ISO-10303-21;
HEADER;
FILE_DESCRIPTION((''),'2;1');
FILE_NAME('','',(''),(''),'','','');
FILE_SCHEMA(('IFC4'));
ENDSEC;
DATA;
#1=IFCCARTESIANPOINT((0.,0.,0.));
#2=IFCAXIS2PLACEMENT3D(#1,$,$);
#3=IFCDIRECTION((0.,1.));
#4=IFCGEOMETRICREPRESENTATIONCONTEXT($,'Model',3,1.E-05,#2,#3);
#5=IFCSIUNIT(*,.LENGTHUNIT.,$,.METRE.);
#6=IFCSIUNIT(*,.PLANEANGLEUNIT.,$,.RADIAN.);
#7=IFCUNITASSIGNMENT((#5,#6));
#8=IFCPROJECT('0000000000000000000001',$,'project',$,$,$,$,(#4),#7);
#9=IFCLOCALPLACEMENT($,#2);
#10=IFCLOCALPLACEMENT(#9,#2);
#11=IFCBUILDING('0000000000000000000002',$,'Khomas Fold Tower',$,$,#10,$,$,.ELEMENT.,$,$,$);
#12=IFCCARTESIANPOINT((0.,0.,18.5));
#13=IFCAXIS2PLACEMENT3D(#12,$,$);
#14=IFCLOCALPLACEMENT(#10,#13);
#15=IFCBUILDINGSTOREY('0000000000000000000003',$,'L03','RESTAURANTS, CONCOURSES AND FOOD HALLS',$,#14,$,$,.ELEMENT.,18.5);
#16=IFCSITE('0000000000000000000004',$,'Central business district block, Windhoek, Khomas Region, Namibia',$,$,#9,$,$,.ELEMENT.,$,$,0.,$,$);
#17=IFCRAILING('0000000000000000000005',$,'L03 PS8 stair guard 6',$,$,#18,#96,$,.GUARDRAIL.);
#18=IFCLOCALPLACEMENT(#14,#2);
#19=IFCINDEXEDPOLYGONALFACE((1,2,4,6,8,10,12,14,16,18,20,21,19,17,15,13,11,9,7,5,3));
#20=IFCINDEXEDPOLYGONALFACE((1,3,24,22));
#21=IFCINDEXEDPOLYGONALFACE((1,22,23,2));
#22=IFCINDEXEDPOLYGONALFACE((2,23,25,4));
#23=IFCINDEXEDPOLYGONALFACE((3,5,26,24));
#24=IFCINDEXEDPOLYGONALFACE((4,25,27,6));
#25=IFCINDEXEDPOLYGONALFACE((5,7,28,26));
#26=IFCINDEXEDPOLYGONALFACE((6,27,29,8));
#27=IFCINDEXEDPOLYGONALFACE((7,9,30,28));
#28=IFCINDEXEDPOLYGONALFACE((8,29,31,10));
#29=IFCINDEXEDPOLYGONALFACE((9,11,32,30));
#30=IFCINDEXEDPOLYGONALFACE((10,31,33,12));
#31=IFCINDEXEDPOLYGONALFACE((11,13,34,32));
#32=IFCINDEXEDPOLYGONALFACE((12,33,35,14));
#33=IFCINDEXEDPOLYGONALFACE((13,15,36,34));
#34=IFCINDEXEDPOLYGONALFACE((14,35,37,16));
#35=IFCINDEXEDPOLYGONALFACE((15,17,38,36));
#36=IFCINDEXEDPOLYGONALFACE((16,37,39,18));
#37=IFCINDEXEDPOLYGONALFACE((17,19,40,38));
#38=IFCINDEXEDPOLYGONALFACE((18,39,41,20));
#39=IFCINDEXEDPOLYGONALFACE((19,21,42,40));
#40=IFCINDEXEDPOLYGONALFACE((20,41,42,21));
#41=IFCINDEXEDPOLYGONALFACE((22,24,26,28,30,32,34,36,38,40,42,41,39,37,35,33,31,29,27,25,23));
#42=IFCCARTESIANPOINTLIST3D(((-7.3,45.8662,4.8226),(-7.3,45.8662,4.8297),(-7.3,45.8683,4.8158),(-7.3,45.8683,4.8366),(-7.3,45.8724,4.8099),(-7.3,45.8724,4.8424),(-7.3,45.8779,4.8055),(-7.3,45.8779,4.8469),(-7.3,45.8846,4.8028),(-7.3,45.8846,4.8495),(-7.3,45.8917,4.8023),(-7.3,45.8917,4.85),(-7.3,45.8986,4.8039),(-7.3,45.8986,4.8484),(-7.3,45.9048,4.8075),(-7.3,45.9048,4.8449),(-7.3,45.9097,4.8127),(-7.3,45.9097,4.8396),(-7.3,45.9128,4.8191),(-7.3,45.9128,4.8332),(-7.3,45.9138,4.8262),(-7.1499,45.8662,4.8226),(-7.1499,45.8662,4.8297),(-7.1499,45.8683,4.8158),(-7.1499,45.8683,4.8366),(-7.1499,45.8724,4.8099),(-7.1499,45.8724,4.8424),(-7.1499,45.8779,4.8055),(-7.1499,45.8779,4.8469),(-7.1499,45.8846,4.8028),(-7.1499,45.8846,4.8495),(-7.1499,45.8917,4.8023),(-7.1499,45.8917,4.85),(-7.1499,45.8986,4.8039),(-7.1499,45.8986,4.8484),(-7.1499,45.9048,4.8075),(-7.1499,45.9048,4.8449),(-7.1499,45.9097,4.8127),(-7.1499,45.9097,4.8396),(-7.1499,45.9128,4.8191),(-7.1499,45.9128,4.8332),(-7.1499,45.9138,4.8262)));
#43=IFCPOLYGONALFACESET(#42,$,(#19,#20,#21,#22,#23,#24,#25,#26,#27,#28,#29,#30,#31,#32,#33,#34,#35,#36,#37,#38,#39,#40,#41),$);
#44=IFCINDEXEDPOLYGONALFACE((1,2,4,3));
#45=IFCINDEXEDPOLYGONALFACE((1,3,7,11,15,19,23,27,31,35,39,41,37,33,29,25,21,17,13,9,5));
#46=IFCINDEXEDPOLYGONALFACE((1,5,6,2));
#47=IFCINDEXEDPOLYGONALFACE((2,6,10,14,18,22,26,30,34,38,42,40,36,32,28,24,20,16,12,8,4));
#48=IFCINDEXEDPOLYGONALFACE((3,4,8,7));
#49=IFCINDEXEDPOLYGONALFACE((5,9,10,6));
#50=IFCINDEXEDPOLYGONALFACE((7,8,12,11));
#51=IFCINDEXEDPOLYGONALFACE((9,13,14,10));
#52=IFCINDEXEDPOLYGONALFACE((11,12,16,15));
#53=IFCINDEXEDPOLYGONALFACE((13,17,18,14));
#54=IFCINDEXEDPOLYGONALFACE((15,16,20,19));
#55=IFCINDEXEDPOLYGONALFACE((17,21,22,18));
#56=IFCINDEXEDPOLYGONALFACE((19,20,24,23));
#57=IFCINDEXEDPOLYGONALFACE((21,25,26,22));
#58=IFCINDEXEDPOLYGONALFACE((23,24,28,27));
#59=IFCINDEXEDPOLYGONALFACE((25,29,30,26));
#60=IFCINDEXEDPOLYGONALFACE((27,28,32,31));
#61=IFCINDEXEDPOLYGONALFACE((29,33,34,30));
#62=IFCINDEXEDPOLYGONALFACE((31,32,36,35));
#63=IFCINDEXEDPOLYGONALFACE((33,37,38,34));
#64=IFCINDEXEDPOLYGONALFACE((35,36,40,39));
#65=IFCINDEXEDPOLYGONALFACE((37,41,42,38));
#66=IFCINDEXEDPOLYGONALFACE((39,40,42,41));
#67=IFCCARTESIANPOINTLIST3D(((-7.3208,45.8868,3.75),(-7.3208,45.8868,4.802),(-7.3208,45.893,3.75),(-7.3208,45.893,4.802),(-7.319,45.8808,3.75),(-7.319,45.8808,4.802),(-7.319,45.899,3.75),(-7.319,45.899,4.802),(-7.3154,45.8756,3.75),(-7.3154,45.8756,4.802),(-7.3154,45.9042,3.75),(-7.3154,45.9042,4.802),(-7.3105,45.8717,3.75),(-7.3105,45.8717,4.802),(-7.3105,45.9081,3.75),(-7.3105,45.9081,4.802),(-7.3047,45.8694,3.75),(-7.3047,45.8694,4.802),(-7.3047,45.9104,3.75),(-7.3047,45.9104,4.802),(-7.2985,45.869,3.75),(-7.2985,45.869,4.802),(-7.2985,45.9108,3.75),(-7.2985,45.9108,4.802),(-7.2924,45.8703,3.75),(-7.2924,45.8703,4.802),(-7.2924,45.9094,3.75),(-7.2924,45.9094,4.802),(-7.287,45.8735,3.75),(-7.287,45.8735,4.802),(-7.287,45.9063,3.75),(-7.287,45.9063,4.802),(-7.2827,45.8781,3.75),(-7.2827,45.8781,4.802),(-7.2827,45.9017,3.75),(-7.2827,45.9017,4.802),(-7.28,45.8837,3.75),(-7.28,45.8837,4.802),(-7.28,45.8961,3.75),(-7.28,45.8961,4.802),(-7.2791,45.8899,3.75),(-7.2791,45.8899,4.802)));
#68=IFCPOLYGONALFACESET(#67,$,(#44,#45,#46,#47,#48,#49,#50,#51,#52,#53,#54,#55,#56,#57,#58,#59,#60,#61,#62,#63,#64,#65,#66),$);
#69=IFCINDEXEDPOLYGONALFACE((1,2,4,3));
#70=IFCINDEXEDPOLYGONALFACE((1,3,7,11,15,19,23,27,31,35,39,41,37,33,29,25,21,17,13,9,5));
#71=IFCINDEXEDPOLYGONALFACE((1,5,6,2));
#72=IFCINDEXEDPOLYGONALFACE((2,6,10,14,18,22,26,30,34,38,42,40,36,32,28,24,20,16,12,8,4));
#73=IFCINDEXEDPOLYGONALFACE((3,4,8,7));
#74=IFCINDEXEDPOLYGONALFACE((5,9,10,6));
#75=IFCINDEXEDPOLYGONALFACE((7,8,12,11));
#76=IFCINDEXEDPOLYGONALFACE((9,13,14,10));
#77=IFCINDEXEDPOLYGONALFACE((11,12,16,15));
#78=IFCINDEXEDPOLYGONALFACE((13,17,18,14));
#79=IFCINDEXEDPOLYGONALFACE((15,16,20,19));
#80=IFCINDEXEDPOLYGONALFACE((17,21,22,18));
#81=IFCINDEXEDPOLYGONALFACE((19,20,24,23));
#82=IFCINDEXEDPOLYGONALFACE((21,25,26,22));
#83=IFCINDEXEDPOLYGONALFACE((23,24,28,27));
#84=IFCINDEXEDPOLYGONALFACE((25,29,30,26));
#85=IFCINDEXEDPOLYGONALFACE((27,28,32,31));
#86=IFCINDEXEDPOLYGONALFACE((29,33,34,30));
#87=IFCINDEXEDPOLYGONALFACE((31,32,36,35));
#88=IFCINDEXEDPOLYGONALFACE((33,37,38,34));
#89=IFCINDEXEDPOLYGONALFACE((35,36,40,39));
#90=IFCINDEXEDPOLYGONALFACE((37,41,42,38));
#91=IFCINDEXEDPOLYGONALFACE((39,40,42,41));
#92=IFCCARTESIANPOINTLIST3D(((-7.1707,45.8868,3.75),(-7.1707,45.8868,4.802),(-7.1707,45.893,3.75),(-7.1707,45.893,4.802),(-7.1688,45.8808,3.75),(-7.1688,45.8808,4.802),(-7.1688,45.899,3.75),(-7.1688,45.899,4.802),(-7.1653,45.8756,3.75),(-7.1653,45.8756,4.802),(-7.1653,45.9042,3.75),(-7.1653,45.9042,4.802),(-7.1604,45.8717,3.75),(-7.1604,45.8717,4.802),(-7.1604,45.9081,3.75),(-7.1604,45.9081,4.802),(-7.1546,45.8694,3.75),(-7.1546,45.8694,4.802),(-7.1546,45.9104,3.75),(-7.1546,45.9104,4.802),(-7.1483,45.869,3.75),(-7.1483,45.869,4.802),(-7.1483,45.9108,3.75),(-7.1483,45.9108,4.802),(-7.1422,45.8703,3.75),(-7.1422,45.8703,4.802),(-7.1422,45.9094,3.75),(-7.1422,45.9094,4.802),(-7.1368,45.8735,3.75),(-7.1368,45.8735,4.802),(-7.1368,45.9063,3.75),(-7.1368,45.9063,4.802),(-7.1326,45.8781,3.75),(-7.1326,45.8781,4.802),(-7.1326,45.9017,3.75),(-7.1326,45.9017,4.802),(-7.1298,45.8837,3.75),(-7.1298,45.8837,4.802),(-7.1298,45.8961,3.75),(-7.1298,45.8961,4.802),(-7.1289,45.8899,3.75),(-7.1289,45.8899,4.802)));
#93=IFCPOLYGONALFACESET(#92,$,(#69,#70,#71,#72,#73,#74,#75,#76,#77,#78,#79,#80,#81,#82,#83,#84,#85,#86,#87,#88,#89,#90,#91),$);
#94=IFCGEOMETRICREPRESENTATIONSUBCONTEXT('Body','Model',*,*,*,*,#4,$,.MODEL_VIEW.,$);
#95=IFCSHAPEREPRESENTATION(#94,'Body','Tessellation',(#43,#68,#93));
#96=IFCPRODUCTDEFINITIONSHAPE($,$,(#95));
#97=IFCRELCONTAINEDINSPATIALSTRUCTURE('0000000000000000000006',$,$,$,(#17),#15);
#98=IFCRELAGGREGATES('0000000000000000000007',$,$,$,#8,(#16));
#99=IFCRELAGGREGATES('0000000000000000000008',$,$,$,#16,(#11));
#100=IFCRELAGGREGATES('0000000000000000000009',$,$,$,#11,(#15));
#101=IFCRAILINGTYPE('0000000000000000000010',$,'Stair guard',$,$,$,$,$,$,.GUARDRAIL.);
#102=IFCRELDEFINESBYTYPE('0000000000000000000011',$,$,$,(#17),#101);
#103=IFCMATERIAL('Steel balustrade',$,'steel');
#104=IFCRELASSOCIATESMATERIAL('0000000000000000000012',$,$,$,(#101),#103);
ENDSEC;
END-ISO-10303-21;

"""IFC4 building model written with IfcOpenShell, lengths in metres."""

from ifc_helpers import new_model, si_unit, direction, frame, origin, origin_2d, place, context, subcontext, project, spatial, circle, extrude, source, transform, mapped, material, type_object, element, save


model = new_model("IFC4")

# Units and contexts
model_context = context("Model", 3, precision=1e-05, world=origin(), true_north=direction((0.0, 1.0)))
body_context = subcontext(model_context, "Body", "Model", "MODEL_VIEW")
ifc_project = project(units=[si_unit("LENGTHUNIT", "METRE"), si_unit("PLANEANGLEUNIT", "RADIAN")], contexts=[model_context])

# Site, building, storey
site_placement = place(None, origin())
site = spatial("IfcSite", under=ifc_project, at=site_placement, Name="Central business district block, Windhoek, Khomas Region, Namibia", CompositionType="ELEMENT", RefElevation=0.0)
building_placement = place(site_placement, origin())
building = spatial("IfcBuilding", under=site, at=building_placement, Name="Khomas Fold Tower", CompositionType="ELEMENT")
storey_placement = place(building_placement, frame((0.0, 0.0, 18.5)))
storey = spatial("IfcBuildingStorey", under=building, at=storey_placement, Name="L03", Description="RESTAURANTS, CONCOURSES AND FOOD HALLS", CompositionType="ELEMENT", Elevation=18.5)

# Railing
ifc_material_1 = material(Name="Steel balustrade", Category="steel")
railing_type_1 = type_object("IfcRailingType", Name="Stair guard", PredefinedType="GUARDRAIL", material=ifc_material_1)
shared_shape_1 = source(origin(), body_context, "Body", "SweptSolid", [
    extrude(circle(Radius=0.0239, at=origin_2d()), frame((0.0, 0.0, 1.0762), z_axis=(1.0, 0.0, 0.0), x_axis=(0.0, 1.0, 0.0)), (0.0, 0.0, 1.0), 0.1501),
    extrude(circle(Radius=0.021, at=origin_2d()), origin(), (0.0, 0.0, 1.0), 1.052),
    extrude(circle(Radius=0.021, at=origin_2d()), frame((0.1501, 0.0, 0.0)), (0.0, 0.0, 1.0), 1.052),
])
for number, where, name in (
    (1, (-7.3, 45.8899, 3.75), "L03 PS8 stair guard 6"),
):
    element("IfcRailing", number, at=place(storey_placement, frame(where)), inside=storey, type_object=railing_type_1, Name=name, PredefinedType="GUARDRAIL", context=body_context, shape_type="MappedRepresentation", body=[
        mapped(shared_shape_1, transform((0.0, 0.0, 0.0))),
    ])

save(model, "model.ifc")
